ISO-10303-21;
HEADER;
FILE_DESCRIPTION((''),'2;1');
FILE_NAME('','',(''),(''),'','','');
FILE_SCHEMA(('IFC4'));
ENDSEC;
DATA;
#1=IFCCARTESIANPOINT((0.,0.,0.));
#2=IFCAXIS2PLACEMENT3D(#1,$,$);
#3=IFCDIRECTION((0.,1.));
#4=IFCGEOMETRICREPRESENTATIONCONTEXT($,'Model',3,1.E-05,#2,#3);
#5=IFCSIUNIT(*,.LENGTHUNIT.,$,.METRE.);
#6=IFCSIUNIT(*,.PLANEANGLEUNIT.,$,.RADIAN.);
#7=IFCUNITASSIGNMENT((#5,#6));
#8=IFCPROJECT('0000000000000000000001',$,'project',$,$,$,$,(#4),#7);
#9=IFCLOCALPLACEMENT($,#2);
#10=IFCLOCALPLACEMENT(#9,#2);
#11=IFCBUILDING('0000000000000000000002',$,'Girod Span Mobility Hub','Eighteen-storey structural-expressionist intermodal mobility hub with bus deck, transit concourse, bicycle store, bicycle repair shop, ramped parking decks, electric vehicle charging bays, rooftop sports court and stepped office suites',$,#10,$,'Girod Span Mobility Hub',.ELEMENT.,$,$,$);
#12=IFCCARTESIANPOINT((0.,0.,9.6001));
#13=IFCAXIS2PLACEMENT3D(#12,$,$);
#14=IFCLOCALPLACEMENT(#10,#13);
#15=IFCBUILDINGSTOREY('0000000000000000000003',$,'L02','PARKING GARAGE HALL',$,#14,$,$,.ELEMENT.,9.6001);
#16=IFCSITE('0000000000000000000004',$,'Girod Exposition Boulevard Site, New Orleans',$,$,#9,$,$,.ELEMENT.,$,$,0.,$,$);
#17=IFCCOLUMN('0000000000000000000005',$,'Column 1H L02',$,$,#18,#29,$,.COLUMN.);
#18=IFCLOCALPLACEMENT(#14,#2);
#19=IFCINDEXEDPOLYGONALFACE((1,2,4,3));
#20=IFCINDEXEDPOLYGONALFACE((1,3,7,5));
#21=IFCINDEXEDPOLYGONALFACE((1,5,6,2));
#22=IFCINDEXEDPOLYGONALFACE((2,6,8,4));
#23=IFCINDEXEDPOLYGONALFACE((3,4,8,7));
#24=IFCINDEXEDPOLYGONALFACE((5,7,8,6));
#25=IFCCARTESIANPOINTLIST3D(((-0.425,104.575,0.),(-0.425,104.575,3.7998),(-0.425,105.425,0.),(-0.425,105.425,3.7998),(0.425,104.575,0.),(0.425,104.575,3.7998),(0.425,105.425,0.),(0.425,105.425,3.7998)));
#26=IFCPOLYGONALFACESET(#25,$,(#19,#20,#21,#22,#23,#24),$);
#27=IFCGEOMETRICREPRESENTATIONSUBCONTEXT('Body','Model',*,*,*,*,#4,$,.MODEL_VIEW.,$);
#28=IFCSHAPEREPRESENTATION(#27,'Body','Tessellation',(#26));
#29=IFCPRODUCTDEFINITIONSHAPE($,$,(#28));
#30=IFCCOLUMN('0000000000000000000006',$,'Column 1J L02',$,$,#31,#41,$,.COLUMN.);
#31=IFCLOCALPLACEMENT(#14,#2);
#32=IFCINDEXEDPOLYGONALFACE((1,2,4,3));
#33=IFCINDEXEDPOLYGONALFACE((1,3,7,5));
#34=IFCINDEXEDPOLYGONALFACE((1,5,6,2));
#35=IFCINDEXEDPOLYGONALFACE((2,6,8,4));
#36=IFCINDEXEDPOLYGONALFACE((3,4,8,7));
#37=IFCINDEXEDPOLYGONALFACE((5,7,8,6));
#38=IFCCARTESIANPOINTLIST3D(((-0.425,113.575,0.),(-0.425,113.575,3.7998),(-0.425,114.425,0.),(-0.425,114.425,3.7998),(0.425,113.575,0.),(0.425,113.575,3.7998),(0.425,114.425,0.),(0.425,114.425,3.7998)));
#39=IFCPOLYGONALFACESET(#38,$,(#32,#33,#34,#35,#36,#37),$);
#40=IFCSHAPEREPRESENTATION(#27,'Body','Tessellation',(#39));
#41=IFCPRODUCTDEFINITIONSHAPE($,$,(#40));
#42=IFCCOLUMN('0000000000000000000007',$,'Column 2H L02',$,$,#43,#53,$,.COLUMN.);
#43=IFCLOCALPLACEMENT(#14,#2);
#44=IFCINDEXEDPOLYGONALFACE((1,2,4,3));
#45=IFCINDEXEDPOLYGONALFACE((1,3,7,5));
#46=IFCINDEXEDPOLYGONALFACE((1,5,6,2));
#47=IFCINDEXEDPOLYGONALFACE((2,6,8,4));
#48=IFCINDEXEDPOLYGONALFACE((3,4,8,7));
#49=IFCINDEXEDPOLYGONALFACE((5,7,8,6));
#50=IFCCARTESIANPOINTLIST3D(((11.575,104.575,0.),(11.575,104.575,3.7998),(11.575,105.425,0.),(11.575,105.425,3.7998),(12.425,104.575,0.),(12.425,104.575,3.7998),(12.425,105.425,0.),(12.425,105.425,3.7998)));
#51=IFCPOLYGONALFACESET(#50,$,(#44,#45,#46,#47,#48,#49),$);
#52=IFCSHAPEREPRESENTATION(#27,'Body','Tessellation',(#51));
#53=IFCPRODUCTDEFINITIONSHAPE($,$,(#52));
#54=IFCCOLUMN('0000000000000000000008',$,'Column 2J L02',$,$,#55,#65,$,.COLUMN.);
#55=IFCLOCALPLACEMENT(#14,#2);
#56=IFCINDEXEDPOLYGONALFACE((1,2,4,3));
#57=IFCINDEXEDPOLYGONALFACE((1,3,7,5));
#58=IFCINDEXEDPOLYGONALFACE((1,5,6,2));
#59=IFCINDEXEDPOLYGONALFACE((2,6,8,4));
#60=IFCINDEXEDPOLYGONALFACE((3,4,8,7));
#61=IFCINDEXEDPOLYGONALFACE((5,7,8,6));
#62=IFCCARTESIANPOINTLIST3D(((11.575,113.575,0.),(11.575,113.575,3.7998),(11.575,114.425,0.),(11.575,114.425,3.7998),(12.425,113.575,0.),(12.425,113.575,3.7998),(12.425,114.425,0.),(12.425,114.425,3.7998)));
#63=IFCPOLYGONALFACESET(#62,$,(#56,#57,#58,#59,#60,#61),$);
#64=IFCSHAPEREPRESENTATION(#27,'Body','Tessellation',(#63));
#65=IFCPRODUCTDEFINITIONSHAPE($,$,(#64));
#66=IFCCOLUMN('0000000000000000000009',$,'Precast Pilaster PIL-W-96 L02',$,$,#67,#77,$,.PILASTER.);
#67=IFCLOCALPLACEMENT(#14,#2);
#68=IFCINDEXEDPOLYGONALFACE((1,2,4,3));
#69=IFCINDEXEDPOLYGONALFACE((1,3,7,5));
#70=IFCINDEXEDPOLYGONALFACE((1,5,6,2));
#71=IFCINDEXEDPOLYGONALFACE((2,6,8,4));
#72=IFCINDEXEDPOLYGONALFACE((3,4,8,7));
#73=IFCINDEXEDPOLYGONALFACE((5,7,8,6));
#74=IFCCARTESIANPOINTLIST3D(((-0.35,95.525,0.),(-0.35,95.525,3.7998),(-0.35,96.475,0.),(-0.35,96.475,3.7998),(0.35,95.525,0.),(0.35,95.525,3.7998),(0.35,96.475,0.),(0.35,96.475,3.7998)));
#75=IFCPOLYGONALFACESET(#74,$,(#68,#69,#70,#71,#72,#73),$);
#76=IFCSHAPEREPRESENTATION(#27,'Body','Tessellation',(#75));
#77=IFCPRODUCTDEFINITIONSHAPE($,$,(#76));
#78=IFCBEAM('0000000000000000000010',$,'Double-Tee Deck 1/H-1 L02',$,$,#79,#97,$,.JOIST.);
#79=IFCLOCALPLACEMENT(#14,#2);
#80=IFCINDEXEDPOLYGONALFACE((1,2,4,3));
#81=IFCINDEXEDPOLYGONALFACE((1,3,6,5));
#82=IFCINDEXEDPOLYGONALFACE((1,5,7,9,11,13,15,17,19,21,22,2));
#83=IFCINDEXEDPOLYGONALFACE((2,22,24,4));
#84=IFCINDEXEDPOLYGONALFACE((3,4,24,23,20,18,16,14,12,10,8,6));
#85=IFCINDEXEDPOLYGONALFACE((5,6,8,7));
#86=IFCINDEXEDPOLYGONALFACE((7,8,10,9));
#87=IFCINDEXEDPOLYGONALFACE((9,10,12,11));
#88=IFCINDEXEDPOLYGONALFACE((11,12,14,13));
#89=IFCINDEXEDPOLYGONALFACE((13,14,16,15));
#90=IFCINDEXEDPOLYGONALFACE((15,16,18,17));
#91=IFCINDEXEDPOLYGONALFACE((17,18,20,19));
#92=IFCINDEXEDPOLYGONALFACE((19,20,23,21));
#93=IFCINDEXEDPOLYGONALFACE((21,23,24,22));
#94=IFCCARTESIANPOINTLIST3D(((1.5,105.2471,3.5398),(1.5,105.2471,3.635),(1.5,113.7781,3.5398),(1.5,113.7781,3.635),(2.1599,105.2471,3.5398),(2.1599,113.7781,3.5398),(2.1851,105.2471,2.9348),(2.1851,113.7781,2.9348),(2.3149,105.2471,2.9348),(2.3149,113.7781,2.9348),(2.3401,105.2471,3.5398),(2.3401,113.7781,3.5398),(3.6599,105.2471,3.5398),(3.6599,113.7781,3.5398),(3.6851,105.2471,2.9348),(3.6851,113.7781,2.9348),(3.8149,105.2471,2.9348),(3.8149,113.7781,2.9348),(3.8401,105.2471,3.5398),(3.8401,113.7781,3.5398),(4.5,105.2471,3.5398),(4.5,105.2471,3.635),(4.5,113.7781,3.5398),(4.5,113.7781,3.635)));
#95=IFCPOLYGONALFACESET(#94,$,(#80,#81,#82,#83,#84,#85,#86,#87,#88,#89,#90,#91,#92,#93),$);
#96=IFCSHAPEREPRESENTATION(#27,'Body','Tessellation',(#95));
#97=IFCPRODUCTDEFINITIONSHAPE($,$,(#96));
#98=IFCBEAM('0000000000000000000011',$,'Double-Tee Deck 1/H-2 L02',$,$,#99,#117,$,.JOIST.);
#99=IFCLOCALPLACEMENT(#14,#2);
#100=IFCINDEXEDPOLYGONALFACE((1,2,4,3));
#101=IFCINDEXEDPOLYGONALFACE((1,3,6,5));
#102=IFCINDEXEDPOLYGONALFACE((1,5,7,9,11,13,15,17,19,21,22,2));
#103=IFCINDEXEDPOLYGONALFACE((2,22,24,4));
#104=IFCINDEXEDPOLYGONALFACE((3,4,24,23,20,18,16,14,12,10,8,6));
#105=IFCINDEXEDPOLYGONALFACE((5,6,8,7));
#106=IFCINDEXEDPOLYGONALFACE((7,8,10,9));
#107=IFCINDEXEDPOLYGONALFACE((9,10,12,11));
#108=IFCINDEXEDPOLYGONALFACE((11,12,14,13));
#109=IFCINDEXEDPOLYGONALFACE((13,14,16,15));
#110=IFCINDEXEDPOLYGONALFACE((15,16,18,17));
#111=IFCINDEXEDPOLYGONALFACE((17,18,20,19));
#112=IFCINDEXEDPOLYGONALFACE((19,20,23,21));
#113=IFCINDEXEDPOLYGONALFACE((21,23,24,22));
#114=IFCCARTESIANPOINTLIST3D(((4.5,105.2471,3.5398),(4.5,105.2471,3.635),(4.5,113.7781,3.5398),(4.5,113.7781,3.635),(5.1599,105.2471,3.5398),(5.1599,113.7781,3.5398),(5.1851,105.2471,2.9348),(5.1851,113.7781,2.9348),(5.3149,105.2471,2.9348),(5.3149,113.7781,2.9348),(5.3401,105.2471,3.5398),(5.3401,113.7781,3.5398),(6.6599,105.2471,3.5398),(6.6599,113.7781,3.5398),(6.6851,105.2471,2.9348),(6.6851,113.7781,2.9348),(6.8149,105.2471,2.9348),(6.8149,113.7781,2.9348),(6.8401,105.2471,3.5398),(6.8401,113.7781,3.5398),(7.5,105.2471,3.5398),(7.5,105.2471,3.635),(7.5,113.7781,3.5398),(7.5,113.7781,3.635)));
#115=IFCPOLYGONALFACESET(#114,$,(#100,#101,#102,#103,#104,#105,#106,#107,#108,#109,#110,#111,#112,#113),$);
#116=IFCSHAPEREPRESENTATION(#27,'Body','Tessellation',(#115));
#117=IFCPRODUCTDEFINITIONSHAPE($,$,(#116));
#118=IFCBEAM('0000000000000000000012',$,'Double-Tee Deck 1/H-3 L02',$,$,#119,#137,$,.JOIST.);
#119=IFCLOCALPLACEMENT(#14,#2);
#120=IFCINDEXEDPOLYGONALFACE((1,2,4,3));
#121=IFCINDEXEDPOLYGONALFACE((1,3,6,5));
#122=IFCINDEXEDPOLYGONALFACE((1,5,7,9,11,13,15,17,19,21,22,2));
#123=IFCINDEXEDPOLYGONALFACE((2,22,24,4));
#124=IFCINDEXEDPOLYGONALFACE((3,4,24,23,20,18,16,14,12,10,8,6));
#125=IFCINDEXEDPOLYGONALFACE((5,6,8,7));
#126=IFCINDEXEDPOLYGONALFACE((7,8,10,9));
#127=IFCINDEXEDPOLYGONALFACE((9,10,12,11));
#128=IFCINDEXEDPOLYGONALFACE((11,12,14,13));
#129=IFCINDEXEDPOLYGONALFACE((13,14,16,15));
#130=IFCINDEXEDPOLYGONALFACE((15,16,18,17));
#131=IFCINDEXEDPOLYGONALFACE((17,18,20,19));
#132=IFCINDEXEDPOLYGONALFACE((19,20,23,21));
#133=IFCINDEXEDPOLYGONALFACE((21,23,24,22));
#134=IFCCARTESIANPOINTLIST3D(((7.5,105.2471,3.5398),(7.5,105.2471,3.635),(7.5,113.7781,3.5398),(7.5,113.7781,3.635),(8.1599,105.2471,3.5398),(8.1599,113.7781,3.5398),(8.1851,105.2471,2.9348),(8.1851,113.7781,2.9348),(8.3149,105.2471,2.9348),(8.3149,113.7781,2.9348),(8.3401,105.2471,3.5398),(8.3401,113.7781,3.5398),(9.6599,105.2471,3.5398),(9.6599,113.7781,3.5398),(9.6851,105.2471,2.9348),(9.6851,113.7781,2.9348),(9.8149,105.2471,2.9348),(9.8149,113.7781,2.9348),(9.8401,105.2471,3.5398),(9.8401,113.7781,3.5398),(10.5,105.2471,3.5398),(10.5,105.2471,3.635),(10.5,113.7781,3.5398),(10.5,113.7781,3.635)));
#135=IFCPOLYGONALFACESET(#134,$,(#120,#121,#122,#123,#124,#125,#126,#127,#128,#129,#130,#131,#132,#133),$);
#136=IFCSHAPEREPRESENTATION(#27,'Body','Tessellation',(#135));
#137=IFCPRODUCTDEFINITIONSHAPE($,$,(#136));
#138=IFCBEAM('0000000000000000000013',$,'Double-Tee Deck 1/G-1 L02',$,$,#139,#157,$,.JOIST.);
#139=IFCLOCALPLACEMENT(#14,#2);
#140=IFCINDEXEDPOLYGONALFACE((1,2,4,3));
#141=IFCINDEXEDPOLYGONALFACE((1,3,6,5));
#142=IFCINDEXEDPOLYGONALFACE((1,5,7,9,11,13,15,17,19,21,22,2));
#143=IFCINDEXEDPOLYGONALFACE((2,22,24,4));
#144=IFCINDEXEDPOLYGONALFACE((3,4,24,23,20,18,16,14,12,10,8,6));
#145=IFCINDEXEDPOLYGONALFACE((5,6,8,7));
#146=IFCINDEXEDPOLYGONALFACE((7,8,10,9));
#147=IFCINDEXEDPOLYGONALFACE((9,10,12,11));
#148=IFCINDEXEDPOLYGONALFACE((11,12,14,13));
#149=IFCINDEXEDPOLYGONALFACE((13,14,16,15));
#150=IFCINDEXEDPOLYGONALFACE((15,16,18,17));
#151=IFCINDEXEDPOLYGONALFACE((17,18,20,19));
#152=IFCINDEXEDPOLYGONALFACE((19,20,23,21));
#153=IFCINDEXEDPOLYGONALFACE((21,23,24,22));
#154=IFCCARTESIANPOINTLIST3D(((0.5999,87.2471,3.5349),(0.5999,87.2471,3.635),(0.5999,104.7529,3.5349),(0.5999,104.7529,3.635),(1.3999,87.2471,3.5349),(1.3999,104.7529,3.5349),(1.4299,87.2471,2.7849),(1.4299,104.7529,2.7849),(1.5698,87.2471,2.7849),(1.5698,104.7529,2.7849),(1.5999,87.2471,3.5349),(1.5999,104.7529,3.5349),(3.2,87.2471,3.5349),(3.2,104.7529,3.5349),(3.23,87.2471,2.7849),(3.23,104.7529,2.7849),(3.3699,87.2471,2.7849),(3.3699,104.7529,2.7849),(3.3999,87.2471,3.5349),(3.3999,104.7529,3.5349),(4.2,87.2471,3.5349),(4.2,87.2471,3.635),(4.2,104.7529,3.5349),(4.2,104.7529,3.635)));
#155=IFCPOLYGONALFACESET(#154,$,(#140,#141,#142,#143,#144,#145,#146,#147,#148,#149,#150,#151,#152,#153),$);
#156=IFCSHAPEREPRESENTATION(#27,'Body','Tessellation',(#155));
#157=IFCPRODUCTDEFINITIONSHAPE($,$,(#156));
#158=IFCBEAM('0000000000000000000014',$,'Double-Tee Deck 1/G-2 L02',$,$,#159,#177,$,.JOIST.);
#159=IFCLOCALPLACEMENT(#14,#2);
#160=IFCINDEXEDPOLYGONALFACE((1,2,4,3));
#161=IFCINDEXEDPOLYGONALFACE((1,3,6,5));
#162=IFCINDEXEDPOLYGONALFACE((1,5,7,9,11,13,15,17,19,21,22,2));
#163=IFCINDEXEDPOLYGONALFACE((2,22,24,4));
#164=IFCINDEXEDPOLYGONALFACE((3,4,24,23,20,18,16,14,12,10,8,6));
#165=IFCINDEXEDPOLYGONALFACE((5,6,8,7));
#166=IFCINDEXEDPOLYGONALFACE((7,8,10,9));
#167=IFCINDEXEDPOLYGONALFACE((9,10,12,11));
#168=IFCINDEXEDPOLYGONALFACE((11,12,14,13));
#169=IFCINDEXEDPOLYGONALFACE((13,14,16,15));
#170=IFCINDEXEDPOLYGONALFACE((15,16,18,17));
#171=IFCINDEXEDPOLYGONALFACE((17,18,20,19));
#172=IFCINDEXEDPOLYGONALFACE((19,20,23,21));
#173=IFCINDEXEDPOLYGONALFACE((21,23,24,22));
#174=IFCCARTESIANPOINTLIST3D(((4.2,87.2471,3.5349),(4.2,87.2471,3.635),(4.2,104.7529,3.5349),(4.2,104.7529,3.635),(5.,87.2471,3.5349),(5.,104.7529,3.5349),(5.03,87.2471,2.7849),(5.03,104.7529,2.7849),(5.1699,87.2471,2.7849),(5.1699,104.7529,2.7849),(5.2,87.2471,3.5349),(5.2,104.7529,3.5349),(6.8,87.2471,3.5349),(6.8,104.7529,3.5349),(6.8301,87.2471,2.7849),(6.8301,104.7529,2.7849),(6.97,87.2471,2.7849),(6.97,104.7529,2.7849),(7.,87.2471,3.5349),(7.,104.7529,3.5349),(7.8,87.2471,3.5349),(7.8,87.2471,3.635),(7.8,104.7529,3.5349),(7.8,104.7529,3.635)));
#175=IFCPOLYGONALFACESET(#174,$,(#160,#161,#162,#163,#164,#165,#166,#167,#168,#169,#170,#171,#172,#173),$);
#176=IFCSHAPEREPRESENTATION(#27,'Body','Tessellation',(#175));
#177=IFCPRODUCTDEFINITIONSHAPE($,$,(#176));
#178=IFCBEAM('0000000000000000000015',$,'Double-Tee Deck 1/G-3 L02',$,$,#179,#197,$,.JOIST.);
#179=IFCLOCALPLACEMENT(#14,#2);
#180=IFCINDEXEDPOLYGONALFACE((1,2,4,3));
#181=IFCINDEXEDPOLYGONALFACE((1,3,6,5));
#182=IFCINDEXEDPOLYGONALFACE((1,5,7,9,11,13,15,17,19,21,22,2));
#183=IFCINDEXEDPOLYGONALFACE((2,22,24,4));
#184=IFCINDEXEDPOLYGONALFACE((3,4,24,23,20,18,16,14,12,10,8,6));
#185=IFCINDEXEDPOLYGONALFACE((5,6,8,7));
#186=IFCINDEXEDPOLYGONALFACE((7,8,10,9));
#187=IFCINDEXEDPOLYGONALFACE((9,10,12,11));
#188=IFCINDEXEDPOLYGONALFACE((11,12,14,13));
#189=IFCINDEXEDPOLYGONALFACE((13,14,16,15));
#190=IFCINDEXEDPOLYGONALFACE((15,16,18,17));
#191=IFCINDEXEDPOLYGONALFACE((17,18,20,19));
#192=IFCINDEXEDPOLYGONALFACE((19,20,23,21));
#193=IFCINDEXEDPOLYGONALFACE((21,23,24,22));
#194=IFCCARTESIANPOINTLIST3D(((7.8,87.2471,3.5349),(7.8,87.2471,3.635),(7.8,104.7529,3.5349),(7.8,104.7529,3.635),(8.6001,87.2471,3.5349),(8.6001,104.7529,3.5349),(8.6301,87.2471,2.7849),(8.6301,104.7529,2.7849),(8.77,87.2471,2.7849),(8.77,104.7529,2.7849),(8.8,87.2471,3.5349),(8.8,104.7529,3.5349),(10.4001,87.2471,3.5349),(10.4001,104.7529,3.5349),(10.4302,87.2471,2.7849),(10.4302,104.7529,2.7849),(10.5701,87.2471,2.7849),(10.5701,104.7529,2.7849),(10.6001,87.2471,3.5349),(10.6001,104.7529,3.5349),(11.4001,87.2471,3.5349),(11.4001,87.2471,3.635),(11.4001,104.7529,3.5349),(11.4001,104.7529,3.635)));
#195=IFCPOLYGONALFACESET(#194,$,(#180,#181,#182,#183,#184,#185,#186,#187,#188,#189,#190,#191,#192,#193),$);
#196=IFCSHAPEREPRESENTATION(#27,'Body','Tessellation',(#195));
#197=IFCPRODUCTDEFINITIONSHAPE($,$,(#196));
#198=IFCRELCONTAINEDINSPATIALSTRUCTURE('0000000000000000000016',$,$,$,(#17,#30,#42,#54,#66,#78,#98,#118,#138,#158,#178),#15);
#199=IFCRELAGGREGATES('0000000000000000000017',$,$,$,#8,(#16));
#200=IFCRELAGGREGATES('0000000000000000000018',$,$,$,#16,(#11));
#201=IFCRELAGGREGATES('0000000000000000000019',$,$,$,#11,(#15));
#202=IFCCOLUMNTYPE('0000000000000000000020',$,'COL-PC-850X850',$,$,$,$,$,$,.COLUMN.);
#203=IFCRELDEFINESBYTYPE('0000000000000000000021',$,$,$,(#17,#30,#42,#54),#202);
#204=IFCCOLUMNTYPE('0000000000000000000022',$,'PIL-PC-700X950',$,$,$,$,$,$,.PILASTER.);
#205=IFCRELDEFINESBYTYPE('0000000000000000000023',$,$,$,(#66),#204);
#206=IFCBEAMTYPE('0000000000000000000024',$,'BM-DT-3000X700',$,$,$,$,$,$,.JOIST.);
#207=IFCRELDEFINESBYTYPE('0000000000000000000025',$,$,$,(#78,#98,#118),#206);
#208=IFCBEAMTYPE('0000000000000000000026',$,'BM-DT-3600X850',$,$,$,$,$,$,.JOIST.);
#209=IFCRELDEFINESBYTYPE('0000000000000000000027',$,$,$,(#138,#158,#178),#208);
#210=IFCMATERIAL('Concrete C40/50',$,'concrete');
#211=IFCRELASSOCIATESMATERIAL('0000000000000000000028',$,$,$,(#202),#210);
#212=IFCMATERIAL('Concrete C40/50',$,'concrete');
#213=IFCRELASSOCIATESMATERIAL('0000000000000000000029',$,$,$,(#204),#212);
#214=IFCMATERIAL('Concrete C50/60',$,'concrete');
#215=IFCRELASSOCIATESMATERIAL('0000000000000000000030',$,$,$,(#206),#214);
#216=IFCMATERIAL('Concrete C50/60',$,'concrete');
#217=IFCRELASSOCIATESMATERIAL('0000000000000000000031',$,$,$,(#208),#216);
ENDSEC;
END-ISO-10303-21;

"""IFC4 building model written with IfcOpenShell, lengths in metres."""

from ifc_helpers import new_model, si_unit, direction, frame, origin, origin_2d, place, context, subcontext, project, spatial, polyline, rectangle, outline, extrude, material, material_profile, profile_set, type_object, element, save


model = new_model("IFC4")

# Units and contexts
model_context = context("Model", 3, precision=1e-05, world=origin(), true_north=direction((0.0, 1.0)))
body_context = subcontext(model_context, "Body", "Model", "MODEL_VIEW")
ifc_project = project(units=[si_unit("LENGTHUNIT", "METRE"), si_unit("PLANEANGLEUNIT", "RADIAN")], contexts=[model_context])

# Site, building, storey
site_placement = place(None, origin())
site = spatial("IfcSite", under=ifc_project, at=site_placement, Name="Girod Exposition Boulevard Site, New Orleans", CompositionType="ELEMENT", RefElevation=0.0)
building_placement = place(site_placement, origin())
building = spatial("IfcBuilding", under=site, at=building_placement, Name="Girod Span Mobility Hub", Description="Eighteen-storey structural-expressionist intermodal mobility hub with bus deck, transit concourse, bicycle store, bicycle repair shop, ramped parking decks, electric vehicle charging bays, rooftop sports court and stepped office suites", LongName="Girod Span Mobility Hub", CompositionType="ELEMENT")
storey_placement = place(building_placement, frame((0.0, 0.0, 9.6001)))
storey = spatial("IfcBuildingStorey", under=building, at=storey_placement, Name="L02", Description="PARKING GARAGE HALL", CompositionType="ELEMENT", Elevation=9.6001)

# Columns
ifc_material_1 = material(Name="Concrete C40/50", Category="concrete")
ifc_material_profile_1 = material_profile(ifc_material_1, rectangle(XDim=0.8501, YDim=0.8501, at=origin_2d()), Name="PC-COL-850X850")
ifc_profile_set_1 = profile_set([ifc_material_profile_1], Name="Concrete C40/50")
column_type_1 = type_object("IfcColumnType", Name="COL-PC-850X850", PredefinedType="COLUMN", material=ifc_profile_set_1)
for number, where, z_axis, x_axis, name in (
    (1, (0.0, 105.0, 0.0), (0.0, 0.0, 1.0), (1.0, 0.0, 0.0), "Column 1H L02"),
    (2, (0.0, 114.0, 0.0), (0.0, 0.0, 1.0), (1.0, 0.0, 0.0), "Column 1J L02"),
    (3, (12.0, 105.0, 0.0), (0.0, 0.0, 1.0), (1.0, 0.0, 0.0), "Column 2H L02"),
    (4, (12.0, 114.0, 0.0), (0.0, 0.0, 1.0), (1.0, 0.0, 0.0), "Column 2J L02"),
):
    element("IfcColumn", number, at=place(storey_placement, frame(where, z_axis=z_axis, x_axis=x_axis)), inside=storey, type_object=column_type_1, Name=name, PredefinedType="COLUMN", context=body_context, shape_type="SweptSolid", body=[
        extrude(rectangle(XDim=0.8501, YDim=0.8501, at=origin_2d()), origin(), (0.0, 0.0, 1.0), 3.7998),
    ])
ifc_material_2 = material(Name="Concrete C40/50", Category="concrete")
ifc_material_profile_2 = material_profile(ifc_material_2, rectangle(XDim=0.7, YDim=0.95, at=origin_2d()), Name="PC-PIL-700X950")
ifc_profile_set_2 = profile_set([ifc_material_profile_2], Name="Concrete C40/50")
column_type_2 = type_object("IfcColumnType", Name="PIL-PC-700X950", PredefinedType="PILASTER", material=ifc_profile_set_2)
column_placement = place(storey_placement, frame((0.0, 96.0, 0.0), z_axis=(0.0, 0.0, 1.0), x_axis=(1.0, 0.0, 0.0)))
element("IfcColumn", 5, at=column_placement, inside=storey, type_object=column_type_2, Name="Precast Pilaster PIL-W-96 L02", PredefinedType="PILASTER", context=body_context, shape_type="SweptSolid", body=[
    extrude(rectangle(XDim=0.7, YDim=0.95, at=origin_2d()), origin(), (0.0, 0.0, 1.0), 3.7998),
])

# Beams
ifc_material_3 = material(Name="Concrete C50/60", Category="concrete")
ifc_material_profile_3 = material_profile(ifc_material_3, outline(polyline([(-1.5, 0.3501), (-1.5, 0.2549), (-0.8401, 0.2549), (-0.8149, -0.3501), (-0.6851, -0.3501), (-0.6599, 0.2549), (0.6599, 0.2549), (0.6851, -0.3501), (0.8149, -0.3501), (0.8401, 0.2549), (1.5, 0.2549), (1.5, 0.3501), (-1.5, 0.3501)])), Name="DT-3000X700")
ifc_profile_set_3 = profile_set([ifc_material_profile_3], Name="Concrete C50/60")
beam_type_1 = type_object("IfcBeamType", Name="BM-DT-3000X700", PredefinedType="JOIST", material=ifc_profile_set_3)
for number, where, z_axis, x_axis, name in (
    (6, (3.0, 105.2471, 3.2849), (0.0, 1.0, 0.0), (-1.0, 0.0, 0.0), "Double-Tee Deck 1/H-1 L02"),
    (7, (6.0, 105.2471, 3.2849), (0.0, 1.0, 0.0), (-1.0, 0.0, 0.0), "Double-Tee Deck 1/H-2 L02"),
    (8, (9.0, 105.2471, 3.2849), (0.0, 1.0, 0.0), (-1.0, 0.0, 0.0), "Double-Tee Deck 1/H-3 L02"),
):
    element("IfcBeam", number, at=place(storey_placement, frame(where, z_axis=z_axis, x_axis=x_axis)), inside=storey, type_object=beam_type_1, Name=name, PredefinedType="JOIST", context=body_context, shape_type="SweptSolid", body=[
        extrude(outline(polyline([(-1.5, 0.3501), (-1.5, 0.2549), (-0.8401, 0.2549), (-0.8149, -0.3501), (-0.6851, -0.3501), (-0.6599, 0.2549), (0.6599, 0.2549), (0.6851, -0.3501), (0.8149, -0.3501), (0.8401, 0.2549), (1.5, 0.2549), (1.5, 0.3501), (-1.5, 0.3501)])), origin(), (0.0, 0.0, 1.0), 8.531),
    ])
ifc_material_4 = material(Name="Concrete C50/60", Category="concrete")
ifc_material_profile_4 = material_profile(ifc_material_4, outline(polyline([(-1.8, 0.425), (-1.8, 0.325), (-1.0, 0.325), (-0.97, -0.425), (-0.8301, -0.425), (-0.8, 0.325), (0.8, 0.325), (0.8301, -0.425), (0.97, -0.425), (1.0, 0.325), (1.8, 0.325), (1.8, 0.425), (-1.8, 0.425)])), Name="DT-3600X850")
ifc_profile_set_4 = profile_set([ifc_material_profile_4], Name="Concrete C50/60")
beam_type_2 = type_object("IfcBeamType", Name="BM-DT-3600X850", PredefinedType="JOIST", material=ifc_profile_set_4)
for number, where, z_axis, x_axis, name in (
    (9, (2.3999, 87.2471, 3.21), (0.0, 1.0, 0.0), (-1.0, 0.0, 0.0), "Double-Tee Deck 1/G-1 L02"),
    (10, (6.0, 87.2471, 3.21), (0.0, 1.0, 0.0), (-1.0, 0.0, 0.0), "Double-Tee Deck 1/G-2 L02"),
    (11, (9.6001, 87.2471, 3.21), (0.0, 1.0, 0.0), (-1.0, 0.0, 0.0), "Double-Tee Deck 1/G-3 L02"),
):
    element("IfcBeam", number, at=place(storey_placement, frame(where, z_axis=z_axis, x_axis=x_axis)), inside=storey, type_object=beam_type_2, Name=name, PredefinedType="JOIST", context=body_context, shape_type="SweptSolid", body=[
        extrude(outline(polyline([(-1.8, 0.425), (-1.8, 0.325), (-1.0, 0.325), (-0.97, -0.425), (-0.8301, -0.425), (-0.8, 0.325), (0.8, 0.325), (0.8301, -0.425), (0.97, -0.425), (1.0, 0.325), (1.8, 0.325), (1.8, 0.425), (-1.8, 0.425)])), origin(), (0.0, 0.0, 1.0), 17.5059),
    ])

save(model, "model.ifc")
